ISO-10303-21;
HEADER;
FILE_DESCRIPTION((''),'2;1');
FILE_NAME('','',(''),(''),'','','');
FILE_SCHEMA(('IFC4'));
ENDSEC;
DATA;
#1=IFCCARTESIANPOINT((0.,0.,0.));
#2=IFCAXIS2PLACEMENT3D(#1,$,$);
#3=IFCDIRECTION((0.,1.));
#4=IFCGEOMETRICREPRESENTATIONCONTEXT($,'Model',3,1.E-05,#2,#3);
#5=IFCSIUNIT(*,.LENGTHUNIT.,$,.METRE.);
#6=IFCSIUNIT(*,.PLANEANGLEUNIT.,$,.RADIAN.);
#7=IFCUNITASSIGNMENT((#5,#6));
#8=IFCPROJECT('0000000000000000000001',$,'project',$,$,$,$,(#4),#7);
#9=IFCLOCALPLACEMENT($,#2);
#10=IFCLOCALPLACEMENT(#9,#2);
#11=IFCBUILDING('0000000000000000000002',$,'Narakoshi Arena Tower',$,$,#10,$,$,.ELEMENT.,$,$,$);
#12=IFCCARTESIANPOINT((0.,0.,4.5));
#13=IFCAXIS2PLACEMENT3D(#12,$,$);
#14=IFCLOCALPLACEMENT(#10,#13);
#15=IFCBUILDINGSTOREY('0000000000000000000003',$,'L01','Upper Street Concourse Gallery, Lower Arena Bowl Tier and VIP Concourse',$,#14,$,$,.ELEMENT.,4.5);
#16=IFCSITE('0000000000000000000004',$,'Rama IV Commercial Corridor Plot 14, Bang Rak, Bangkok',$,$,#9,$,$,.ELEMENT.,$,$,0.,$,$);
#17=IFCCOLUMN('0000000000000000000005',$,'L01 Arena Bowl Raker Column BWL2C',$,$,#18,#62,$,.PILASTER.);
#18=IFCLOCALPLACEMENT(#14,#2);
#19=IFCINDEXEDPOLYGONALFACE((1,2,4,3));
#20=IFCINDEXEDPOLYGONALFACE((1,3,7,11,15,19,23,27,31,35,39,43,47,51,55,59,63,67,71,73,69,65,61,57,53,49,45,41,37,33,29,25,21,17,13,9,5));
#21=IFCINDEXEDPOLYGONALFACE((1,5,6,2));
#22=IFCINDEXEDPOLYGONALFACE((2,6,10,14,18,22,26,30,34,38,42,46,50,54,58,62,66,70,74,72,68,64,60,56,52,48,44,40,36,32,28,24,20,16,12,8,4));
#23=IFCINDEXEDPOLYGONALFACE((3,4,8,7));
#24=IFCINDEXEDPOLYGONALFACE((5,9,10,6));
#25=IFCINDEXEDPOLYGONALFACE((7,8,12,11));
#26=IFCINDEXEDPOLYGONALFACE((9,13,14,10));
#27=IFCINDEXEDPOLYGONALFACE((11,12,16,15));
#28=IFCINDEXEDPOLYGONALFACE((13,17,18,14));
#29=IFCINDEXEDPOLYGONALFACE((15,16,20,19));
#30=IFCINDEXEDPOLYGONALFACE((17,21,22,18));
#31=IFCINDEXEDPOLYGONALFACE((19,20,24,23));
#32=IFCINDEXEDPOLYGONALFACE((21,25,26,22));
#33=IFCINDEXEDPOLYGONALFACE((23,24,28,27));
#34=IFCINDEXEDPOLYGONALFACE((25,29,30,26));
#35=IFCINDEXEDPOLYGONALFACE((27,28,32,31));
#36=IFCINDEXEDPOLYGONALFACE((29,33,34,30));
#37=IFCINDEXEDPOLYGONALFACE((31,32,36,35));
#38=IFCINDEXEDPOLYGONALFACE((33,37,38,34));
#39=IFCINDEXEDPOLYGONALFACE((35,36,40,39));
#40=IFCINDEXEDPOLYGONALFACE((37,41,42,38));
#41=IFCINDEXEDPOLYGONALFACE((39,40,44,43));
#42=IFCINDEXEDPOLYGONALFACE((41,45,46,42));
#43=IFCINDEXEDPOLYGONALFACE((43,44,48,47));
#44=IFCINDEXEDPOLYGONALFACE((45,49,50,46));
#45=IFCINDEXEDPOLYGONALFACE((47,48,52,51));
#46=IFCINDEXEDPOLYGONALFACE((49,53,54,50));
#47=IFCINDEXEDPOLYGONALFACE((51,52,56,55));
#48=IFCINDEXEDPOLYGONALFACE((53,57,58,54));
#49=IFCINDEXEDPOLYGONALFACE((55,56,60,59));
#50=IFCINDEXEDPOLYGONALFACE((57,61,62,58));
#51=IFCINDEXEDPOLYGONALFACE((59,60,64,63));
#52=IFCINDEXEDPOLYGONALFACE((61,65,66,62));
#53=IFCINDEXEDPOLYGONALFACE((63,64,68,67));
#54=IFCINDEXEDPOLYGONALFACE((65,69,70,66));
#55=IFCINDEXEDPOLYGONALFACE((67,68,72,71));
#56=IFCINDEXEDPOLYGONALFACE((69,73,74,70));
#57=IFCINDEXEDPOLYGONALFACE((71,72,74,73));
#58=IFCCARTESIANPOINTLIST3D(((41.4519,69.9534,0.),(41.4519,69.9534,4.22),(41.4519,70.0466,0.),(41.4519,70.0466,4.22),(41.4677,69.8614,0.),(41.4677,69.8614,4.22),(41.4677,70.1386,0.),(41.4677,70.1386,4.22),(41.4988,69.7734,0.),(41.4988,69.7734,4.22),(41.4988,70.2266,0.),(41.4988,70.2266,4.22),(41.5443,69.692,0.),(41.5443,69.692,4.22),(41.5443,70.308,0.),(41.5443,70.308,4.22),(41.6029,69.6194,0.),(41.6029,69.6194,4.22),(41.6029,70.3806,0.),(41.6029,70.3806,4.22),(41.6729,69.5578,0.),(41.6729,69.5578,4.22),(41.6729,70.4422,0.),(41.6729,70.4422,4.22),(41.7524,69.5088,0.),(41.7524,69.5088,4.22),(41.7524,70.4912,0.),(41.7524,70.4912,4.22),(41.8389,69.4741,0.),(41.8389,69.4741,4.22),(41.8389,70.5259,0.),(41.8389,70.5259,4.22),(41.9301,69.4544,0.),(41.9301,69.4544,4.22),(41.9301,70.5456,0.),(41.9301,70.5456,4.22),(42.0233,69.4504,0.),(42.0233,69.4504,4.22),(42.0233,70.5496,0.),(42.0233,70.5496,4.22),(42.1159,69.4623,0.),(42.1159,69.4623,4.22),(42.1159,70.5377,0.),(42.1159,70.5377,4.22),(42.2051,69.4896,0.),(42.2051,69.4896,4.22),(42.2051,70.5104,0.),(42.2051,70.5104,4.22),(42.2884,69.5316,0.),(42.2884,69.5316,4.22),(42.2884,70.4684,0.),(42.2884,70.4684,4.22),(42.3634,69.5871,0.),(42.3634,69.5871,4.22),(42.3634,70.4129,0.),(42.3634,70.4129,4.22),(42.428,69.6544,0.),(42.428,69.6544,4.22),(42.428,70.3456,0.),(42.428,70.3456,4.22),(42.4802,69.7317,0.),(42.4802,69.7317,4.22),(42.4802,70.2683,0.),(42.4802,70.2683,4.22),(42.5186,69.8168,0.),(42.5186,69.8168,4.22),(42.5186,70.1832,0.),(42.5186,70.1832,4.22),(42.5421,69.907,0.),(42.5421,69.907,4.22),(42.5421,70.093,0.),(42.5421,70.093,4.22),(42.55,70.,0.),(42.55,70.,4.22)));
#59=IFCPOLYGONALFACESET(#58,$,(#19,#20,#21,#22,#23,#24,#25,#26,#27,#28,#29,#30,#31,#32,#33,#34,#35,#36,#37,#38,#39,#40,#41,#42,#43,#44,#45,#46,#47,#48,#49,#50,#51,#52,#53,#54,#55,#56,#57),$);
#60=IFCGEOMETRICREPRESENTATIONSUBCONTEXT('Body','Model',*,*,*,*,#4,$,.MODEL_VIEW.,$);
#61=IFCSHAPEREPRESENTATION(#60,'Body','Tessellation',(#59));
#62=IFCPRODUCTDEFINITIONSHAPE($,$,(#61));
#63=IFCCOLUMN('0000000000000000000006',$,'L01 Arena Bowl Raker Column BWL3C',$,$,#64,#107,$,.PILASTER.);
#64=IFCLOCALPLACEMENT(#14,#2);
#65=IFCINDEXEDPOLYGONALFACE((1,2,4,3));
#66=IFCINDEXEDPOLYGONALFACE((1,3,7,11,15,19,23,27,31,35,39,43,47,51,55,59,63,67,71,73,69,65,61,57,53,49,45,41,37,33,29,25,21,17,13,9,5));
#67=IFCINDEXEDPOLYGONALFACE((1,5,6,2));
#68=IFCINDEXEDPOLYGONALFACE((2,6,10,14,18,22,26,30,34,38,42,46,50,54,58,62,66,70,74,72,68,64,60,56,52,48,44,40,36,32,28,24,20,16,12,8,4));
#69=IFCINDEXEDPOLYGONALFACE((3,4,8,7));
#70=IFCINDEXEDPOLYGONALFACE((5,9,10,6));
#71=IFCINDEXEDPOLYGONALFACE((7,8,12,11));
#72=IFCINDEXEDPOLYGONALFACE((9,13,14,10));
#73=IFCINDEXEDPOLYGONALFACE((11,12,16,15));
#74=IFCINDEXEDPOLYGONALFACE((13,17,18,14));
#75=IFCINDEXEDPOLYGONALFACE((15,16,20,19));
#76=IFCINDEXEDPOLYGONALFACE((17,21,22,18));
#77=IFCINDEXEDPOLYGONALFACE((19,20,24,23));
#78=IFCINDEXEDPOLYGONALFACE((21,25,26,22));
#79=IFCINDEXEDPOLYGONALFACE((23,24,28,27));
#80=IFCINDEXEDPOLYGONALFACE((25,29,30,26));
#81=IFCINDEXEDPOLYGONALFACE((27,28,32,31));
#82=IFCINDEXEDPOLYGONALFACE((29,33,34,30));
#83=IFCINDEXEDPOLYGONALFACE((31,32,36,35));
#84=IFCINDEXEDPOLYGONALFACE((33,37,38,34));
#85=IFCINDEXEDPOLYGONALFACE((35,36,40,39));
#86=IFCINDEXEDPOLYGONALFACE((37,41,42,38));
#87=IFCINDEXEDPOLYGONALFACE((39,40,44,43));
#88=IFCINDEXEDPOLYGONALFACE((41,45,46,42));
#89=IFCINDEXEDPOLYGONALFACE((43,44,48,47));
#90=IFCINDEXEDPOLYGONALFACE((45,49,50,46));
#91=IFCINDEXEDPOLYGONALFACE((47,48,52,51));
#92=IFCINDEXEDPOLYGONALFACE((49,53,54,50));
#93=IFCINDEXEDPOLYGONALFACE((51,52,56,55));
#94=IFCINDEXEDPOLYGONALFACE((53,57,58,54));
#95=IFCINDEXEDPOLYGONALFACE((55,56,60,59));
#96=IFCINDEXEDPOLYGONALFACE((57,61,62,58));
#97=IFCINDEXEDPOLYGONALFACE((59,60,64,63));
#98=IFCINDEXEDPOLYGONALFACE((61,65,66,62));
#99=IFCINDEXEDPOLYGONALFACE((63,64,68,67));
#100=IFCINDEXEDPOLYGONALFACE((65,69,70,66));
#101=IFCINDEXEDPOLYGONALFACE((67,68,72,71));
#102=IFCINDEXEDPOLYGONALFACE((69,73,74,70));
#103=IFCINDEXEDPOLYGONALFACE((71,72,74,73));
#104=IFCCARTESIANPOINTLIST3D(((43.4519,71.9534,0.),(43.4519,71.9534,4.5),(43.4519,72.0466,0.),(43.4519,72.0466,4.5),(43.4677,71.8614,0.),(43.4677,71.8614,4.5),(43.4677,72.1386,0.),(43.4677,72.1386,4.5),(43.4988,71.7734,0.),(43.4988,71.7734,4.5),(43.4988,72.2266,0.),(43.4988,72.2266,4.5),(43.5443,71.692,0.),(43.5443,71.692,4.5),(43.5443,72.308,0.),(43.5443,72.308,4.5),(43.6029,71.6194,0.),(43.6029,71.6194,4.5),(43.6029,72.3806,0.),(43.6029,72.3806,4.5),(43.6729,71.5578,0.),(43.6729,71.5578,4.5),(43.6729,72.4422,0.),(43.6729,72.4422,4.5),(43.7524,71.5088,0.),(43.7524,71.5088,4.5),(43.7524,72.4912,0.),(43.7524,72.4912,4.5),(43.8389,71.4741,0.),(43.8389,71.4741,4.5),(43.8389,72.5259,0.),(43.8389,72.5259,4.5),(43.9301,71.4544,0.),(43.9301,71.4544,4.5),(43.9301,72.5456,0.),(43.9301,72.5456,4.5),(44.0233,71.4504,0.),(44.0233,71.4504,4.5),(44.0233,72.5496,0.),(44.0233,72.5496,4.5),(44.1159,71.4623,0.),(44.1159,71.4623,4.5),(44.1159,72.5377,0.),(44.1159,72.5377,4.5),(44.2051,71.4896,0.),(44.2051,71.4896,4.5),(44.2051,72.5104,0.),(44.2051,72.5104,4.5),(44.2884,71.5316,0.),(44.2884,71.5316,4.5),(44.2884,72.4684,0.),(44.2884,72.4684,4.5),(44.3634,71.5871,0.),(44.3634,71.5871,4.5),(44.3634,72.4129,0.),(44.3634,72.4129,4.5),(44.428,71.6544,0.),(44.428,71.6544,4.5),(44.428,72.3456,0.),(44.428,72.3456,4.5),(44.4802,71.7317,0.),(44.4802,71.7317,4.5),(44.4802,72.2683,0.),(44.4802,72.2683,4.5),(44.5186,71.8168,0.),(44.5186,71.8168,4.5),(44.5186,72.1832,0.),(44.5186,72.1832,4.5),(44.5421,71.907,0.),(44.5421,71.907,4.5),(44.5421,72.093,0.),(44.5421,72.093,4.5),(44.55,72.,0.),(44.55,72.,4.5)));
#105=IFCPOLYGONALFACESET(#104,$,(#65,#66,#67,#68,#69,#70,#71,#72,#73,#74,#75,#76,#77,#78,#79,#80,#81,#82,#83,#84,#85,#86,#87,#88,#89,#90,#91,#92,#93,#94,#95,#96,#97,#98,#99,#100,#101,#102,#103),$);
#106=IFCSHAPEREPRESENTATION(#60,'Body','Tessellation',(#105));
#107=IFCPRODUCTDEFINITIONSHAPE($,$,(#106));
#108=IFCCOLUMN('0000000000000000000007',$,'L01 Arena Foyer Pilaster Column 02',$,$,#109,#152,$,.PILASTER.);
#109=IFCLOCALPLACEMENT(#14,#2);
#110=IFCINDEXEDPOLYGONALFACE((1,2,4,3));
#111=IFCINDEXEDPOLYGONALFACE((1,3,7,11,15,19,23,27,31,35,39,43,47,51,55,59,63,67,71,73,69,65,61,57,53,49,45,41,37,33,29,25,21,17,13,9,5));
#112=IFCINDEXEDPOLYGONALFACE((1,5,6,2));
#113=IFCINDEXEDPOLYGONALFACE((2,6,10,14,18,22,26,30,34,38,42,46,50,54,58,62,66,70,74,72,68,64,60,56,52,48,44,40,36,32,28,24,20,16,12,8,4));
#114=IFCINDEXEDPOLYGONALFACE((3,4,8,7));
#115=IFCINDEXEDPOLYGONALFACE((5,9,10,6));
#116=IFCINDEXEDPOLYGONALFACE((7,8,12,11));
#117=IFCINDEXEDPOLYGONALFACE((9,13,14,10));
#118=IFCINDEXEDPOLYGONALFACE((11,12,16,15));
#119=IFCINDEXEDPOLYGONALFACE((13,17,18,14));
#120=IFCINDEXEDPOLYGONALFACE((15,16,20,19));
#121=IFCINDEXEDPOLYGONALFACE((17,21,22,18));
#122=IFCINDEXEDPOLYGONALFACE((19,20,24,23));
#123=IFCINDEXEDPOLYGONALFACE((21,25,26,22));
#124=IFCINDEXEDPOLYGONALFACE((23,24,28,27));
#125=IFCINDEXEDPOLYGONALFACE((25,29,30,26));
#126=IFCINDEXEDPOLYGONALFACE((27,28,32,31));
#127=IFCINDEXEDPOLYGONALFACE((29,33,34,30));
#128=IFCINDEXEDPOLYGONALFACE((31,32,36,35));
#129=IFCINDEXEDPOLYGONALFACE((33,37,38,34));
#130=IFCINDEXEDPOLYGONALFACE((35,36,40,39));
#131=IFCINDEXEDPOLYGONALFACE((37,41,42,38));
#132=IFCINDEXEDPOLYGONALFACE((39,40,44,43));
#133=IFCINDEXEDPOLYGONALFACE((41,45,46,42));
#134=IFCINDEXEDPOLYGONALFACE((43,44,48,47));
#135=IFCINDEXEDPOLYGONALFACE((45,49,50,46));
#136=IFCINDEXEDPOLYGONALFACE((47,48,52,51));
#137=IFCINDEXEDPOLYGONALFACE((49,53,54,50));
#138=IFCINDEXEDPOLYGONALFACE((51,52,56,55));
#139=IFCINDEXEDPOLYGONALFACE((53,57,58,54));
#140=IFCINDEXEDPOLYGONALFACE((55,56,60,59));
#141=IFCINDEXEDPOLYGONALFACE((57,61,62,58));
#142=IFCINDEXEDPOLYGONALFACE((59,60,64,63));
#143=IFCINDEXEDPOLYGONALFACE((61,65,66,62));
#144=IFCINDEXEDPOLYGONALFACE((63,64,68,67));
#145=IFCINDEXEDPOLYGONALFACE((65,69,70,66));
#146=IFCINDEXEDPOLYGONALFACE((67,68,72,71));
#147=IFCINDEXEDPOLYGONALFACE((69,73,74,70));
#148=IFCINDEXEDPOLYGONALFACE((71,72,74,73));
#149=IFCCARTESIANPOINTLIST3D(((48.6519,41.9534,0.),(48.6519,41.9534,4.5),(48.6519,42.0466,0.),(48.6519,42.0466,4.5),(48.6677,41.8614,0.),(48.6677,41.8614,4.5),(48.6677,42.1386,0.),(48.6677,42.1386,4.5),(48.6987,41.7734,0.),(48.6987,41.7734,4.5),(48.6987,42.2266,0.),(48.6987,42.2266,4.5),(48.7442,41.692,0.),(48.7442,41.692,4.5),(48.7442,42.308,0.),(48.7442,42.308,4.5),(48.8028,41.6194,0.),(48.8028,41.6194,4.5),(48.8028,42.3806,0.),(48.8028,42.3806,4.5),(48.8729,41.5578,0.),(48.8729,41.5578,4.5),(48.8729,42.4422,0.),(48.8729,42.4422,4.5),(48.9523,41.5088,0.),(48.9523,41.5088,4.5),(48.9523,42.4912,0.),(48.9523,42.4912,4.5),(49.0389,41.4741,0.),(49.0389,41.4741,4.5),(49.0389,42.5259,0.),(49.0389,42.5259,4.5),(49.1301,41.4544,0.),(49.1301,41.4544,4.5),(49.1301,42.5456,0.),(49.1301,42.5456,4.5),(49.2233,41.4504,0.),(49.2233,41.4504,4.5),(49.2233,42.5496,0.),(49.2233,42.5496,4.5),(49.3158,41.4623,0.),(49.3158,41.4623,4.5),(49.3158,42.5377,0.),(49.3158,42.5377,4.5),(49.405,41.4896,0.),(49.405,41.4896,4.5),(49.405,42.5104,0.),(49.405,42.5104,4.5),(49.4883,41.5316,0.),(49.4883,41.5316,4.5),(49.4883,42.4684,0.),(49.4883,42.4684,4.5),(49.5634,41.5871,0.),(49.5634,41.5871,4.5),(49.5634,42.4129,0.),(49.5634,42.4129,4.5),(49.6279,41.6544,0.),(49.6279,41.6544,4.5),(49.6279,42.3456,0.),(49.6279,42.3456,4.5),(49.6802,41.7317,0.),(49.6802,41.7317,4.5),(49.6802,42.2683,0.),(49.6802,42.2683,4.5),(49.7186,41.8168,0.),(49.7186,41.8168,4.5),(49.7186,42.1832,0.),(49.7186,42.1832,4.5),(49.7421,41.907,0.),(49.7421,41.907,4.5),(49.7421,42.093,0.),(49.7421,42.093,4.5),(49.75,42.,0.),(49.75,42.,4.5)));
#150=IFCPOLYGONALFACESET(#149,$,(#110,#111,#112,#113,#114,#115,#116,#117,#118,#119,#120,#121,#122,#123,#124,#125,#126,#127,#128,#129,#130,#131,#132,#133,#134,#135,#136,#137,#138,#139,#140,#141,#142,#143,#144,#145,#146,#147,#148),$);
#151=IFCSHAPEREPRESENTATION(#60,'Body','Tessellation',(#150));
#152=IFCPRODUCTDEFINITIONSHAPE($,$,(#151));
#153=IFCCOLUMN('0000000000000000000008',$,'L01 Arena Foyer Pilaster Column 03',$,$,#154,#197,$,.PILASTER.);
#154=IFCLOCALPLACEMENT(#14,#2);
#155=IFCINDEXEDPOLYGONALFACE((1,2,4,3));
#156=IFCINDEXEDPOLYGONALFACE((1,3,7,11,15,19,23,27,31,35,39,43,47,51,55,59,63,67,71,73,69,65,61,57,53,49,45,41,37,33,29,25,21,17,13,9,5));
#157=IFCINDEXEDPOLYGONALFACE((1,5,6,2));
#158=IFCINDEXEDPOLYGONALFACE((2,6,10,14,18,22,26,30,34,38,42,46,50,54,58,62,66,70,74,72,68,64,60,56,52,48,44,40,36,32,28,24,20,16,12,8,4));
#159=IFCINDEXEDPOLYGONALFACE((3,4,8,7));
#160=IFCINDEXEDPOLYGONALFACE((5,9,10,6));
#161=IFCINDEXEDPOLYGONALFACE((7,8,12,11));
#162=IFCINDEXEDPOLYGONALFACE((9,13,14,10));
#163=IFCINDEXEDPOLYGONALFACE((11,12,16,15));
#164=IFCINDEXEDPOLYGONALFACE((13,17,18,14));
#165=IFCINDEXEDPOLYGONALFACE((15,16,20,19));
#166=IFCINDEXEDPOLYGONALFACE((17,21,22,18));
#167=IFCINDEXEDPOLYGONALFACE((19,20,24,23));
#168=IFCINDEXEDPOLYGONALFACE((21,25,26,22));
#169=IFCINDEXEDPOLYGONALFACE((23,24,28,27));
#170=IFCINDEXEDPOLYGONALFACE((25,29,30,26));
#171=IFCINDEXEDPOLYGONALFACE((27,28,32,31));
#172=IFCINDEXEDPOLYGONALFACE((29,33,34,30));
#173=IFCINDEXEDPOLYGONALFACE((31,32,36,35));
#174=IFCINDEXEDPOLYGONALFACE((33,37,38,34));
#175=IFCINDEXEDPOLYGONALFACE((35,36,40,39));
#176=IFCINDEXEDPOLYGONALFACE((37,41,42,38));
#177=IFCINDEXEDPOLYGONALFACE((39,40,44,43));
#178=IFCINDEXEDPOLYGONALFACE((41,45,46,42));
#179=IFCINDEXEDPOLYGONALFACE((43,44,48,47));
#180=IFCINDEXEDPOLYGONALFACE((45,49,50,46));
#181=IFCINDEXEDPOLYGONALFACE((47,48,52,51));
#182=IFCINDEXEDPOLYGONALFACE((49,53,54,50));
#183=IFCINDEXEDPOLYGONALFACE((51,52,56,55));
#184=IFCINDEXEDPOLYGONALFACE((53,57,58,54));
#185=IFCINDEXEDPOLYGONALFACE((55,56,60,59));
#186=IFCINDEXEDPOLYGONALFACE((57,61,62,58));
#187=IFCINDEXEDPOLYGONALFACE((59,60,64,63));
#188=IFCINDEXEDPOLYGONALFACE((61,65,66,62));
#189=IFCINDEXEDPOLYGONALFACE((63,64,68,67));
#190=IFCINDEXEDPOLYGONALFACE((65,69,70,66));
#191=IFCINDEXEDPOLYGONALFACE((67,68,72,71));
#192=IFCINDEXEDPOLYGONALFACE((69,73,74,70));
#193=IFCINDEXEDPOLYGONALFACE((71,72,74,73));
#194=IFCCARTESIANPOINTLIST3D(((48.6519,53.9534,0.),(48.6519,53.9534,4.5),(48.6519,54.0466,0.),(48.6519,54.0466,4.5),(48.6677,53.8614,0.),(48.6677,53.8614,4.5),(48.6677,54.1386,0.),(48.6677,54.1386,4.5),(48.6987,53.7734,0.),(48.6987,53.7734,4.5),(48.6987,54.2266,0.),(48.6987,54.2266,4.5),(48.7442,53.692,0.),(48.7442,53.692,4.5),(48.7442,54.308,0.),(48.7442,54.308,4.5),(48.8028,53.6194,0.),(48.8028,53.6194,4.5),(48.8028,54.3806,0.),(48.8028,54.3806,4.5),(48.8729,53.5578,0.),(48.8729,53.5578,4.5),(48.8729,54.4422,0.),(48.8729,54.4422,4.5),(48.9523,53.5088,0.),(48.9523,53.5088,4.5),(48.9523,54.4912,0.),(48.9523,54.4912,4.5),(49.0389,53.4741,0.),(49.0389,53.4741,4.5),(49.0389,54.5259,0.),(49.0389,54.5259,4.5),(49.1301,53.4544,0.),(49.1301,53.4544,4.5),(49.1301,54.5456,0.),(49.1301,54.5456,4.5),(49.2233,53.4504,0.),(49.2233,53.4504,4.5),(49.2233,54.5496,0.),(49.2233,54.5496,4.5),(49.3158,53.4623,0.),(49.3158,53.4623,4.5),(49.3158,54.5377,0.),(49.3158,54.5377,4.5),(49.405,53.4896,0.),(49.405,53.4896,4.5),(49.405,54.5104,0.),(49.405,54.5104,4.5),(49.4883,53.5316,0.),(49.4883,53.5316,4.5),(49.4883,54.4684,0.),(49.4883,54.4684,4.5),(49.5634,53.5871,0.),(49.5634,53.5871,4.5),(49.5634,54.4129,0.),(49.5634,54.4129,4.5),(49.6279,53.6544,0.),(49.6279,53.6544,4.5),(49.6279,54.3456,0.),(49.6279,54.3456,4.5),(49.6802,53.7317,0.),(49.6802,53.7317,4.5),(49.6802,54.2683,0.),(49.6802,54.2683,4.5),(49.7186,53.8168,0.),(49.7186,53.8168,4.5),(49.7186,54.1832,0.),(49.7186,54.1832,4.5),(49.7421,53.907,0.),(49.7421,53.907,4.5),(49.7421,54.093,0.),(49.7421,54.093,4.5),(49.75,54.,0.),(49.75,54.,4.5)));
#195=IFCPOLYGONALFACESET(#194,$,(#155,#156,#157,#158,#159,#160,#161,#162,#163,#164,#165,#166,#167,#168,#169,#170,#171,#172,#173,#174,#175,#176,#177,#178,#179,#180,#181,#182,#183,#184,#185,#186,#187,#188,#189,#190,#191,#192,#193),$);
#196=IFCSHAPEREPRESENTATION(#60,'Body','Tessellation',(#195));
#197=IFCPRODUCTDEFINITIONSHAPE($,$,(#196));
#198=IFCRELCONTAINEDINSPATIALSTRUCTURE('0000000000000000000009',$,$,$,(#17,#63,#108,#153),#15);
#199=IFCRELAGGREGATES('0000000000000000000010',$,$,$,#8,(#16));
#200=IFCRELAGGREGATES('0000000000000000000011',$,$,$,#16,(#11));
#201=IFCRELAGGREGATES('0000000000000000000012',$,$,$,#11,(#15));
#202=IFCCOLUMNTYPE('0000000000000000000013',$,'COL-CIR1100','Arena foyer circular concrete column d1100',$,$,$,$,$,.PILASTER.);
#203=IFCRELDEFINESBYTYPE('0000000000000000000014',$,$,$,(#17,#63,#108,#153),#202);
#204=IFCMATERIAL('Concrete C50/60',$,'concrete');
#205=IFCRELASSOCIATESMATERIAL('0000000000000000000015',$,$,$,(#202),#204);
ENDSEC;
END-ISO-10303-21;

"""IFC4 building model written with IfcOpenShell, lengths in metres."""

from ifc_helpers import new_model, si_unit, direction, frame, origin, origin_2d, place, context, subcontext, project, spatial, circle, extrude, material, material_profile, profile_set, type_object, element, save


model = new_model("IFC4")

# Units and contexts
model_context = context("Model", 3, precision=1e-05, world=origin(), true_north=direction((0.0, 1.0)))
body_context = subcontext(model_context, "Body", "Model", "MODEL_VIEW")
ifc_project = project(units=[si_unit("LENGTHUNIT", "METRE"), si_unit("PLANEANGLEUNIT", "RADIAN")], contexts=[model_context])

# Site, building, storey
site_placement = place(None, origin())
site = spatial("IfcSite", under=ifc_project, at=site_placement, Name="Rama IV Commercial Corridor Plot 14, Bang Rak, Bangkok", CompositionType="ELEMENT", RefElevation=0.0)
building_placement = place(site_placement, origin())
building = spatial("IfcBuilding", under=site, at=building_placement, Name="Narakoshi Arena Tower", CompositionType="ELEMENT")
storey_placement = place(building_placement, frame((0.0, 0.0, 4.5)))
storey = spatial("IfcBuildingStorey", under=building, at=storey_placement, Name="L01", Description="Upper Street Concourse Gallery, Lower Arena Bowl Tier and VIP Concourse", CompositionType="ELEMENT", Elevation=4.5)

# Columns
ifc_material_1 = material(Name="Concrete C50/60", Category="concrete")
ifc_material_profile_1 = material_profile(ifc_material_1, circle(Radius=0.55, at=origin_2d()), Name="RCC1100")
ifc_profile_set_1 = profile_set([ifc_material_profile_1], Name="Concrete C50/60")
column_type_1 = type_object("IfcColumnType", Name="COL-CIR1100", Description="Arena foyer circular concrete column d1100", PredefinedType="PILASTER", material=ifc_profile_set_1)
column_1_placement = place(storey_placement, frame((42.0, 70.0, 0.0), z_axis=(0.0, 0.0, 1.0), x_axis=(1.0, 0.0, 0.0)))
element("IfcColumn", 1, at=column_1_placement, inside=storey, type_object=column_type_1, Name="L01 Arena Bowl Raker Column BWL2C", PredefinedType="PILASTER", context=body_context, shape_type="SweptSolid", body=[
    extrude(circle(Radius=0.55, at=origin_2d()), origin(), (0.0, 0.0, 1.0), 4.22),
])
for number, where, z_axis, x_axis, name in (
    (2, (44.0, 72.0, 0.0), (0.0, 0.0, 1.0), (1.0, 0.0, 0.0), "L01 Arena Bowl Raker Column BWL3C"),
    (3, (49.2, 42.0, 0.0), (0.0, 0.0, 1.0), (1.0, 0.0, 0.0), "L01 Arena Foyer Pilaster Column 02"),
    (4, (49.2, 54.0, 0.0), (0.0, 0.0, 1.0), (1.0, 0.0, 0.0), "L01 Arena Foyer Pilaster Column 03"),
):
    element("IfcColumn", number, at=place(storey_placement, frame(where, z_axis=z_axis, x_axis=x_axis)), inside=storey, type_object=column_type_1, Name=name, PredefinedType="PILASTER", context=body_context, shape_type="SweptSolid", body=[
        extrude(circle(Radius=0.55, at=origin_2d()), origin(), (0.0, 0.0, 1.0), 4.5),
    ])

save(model, "model.ifc")
